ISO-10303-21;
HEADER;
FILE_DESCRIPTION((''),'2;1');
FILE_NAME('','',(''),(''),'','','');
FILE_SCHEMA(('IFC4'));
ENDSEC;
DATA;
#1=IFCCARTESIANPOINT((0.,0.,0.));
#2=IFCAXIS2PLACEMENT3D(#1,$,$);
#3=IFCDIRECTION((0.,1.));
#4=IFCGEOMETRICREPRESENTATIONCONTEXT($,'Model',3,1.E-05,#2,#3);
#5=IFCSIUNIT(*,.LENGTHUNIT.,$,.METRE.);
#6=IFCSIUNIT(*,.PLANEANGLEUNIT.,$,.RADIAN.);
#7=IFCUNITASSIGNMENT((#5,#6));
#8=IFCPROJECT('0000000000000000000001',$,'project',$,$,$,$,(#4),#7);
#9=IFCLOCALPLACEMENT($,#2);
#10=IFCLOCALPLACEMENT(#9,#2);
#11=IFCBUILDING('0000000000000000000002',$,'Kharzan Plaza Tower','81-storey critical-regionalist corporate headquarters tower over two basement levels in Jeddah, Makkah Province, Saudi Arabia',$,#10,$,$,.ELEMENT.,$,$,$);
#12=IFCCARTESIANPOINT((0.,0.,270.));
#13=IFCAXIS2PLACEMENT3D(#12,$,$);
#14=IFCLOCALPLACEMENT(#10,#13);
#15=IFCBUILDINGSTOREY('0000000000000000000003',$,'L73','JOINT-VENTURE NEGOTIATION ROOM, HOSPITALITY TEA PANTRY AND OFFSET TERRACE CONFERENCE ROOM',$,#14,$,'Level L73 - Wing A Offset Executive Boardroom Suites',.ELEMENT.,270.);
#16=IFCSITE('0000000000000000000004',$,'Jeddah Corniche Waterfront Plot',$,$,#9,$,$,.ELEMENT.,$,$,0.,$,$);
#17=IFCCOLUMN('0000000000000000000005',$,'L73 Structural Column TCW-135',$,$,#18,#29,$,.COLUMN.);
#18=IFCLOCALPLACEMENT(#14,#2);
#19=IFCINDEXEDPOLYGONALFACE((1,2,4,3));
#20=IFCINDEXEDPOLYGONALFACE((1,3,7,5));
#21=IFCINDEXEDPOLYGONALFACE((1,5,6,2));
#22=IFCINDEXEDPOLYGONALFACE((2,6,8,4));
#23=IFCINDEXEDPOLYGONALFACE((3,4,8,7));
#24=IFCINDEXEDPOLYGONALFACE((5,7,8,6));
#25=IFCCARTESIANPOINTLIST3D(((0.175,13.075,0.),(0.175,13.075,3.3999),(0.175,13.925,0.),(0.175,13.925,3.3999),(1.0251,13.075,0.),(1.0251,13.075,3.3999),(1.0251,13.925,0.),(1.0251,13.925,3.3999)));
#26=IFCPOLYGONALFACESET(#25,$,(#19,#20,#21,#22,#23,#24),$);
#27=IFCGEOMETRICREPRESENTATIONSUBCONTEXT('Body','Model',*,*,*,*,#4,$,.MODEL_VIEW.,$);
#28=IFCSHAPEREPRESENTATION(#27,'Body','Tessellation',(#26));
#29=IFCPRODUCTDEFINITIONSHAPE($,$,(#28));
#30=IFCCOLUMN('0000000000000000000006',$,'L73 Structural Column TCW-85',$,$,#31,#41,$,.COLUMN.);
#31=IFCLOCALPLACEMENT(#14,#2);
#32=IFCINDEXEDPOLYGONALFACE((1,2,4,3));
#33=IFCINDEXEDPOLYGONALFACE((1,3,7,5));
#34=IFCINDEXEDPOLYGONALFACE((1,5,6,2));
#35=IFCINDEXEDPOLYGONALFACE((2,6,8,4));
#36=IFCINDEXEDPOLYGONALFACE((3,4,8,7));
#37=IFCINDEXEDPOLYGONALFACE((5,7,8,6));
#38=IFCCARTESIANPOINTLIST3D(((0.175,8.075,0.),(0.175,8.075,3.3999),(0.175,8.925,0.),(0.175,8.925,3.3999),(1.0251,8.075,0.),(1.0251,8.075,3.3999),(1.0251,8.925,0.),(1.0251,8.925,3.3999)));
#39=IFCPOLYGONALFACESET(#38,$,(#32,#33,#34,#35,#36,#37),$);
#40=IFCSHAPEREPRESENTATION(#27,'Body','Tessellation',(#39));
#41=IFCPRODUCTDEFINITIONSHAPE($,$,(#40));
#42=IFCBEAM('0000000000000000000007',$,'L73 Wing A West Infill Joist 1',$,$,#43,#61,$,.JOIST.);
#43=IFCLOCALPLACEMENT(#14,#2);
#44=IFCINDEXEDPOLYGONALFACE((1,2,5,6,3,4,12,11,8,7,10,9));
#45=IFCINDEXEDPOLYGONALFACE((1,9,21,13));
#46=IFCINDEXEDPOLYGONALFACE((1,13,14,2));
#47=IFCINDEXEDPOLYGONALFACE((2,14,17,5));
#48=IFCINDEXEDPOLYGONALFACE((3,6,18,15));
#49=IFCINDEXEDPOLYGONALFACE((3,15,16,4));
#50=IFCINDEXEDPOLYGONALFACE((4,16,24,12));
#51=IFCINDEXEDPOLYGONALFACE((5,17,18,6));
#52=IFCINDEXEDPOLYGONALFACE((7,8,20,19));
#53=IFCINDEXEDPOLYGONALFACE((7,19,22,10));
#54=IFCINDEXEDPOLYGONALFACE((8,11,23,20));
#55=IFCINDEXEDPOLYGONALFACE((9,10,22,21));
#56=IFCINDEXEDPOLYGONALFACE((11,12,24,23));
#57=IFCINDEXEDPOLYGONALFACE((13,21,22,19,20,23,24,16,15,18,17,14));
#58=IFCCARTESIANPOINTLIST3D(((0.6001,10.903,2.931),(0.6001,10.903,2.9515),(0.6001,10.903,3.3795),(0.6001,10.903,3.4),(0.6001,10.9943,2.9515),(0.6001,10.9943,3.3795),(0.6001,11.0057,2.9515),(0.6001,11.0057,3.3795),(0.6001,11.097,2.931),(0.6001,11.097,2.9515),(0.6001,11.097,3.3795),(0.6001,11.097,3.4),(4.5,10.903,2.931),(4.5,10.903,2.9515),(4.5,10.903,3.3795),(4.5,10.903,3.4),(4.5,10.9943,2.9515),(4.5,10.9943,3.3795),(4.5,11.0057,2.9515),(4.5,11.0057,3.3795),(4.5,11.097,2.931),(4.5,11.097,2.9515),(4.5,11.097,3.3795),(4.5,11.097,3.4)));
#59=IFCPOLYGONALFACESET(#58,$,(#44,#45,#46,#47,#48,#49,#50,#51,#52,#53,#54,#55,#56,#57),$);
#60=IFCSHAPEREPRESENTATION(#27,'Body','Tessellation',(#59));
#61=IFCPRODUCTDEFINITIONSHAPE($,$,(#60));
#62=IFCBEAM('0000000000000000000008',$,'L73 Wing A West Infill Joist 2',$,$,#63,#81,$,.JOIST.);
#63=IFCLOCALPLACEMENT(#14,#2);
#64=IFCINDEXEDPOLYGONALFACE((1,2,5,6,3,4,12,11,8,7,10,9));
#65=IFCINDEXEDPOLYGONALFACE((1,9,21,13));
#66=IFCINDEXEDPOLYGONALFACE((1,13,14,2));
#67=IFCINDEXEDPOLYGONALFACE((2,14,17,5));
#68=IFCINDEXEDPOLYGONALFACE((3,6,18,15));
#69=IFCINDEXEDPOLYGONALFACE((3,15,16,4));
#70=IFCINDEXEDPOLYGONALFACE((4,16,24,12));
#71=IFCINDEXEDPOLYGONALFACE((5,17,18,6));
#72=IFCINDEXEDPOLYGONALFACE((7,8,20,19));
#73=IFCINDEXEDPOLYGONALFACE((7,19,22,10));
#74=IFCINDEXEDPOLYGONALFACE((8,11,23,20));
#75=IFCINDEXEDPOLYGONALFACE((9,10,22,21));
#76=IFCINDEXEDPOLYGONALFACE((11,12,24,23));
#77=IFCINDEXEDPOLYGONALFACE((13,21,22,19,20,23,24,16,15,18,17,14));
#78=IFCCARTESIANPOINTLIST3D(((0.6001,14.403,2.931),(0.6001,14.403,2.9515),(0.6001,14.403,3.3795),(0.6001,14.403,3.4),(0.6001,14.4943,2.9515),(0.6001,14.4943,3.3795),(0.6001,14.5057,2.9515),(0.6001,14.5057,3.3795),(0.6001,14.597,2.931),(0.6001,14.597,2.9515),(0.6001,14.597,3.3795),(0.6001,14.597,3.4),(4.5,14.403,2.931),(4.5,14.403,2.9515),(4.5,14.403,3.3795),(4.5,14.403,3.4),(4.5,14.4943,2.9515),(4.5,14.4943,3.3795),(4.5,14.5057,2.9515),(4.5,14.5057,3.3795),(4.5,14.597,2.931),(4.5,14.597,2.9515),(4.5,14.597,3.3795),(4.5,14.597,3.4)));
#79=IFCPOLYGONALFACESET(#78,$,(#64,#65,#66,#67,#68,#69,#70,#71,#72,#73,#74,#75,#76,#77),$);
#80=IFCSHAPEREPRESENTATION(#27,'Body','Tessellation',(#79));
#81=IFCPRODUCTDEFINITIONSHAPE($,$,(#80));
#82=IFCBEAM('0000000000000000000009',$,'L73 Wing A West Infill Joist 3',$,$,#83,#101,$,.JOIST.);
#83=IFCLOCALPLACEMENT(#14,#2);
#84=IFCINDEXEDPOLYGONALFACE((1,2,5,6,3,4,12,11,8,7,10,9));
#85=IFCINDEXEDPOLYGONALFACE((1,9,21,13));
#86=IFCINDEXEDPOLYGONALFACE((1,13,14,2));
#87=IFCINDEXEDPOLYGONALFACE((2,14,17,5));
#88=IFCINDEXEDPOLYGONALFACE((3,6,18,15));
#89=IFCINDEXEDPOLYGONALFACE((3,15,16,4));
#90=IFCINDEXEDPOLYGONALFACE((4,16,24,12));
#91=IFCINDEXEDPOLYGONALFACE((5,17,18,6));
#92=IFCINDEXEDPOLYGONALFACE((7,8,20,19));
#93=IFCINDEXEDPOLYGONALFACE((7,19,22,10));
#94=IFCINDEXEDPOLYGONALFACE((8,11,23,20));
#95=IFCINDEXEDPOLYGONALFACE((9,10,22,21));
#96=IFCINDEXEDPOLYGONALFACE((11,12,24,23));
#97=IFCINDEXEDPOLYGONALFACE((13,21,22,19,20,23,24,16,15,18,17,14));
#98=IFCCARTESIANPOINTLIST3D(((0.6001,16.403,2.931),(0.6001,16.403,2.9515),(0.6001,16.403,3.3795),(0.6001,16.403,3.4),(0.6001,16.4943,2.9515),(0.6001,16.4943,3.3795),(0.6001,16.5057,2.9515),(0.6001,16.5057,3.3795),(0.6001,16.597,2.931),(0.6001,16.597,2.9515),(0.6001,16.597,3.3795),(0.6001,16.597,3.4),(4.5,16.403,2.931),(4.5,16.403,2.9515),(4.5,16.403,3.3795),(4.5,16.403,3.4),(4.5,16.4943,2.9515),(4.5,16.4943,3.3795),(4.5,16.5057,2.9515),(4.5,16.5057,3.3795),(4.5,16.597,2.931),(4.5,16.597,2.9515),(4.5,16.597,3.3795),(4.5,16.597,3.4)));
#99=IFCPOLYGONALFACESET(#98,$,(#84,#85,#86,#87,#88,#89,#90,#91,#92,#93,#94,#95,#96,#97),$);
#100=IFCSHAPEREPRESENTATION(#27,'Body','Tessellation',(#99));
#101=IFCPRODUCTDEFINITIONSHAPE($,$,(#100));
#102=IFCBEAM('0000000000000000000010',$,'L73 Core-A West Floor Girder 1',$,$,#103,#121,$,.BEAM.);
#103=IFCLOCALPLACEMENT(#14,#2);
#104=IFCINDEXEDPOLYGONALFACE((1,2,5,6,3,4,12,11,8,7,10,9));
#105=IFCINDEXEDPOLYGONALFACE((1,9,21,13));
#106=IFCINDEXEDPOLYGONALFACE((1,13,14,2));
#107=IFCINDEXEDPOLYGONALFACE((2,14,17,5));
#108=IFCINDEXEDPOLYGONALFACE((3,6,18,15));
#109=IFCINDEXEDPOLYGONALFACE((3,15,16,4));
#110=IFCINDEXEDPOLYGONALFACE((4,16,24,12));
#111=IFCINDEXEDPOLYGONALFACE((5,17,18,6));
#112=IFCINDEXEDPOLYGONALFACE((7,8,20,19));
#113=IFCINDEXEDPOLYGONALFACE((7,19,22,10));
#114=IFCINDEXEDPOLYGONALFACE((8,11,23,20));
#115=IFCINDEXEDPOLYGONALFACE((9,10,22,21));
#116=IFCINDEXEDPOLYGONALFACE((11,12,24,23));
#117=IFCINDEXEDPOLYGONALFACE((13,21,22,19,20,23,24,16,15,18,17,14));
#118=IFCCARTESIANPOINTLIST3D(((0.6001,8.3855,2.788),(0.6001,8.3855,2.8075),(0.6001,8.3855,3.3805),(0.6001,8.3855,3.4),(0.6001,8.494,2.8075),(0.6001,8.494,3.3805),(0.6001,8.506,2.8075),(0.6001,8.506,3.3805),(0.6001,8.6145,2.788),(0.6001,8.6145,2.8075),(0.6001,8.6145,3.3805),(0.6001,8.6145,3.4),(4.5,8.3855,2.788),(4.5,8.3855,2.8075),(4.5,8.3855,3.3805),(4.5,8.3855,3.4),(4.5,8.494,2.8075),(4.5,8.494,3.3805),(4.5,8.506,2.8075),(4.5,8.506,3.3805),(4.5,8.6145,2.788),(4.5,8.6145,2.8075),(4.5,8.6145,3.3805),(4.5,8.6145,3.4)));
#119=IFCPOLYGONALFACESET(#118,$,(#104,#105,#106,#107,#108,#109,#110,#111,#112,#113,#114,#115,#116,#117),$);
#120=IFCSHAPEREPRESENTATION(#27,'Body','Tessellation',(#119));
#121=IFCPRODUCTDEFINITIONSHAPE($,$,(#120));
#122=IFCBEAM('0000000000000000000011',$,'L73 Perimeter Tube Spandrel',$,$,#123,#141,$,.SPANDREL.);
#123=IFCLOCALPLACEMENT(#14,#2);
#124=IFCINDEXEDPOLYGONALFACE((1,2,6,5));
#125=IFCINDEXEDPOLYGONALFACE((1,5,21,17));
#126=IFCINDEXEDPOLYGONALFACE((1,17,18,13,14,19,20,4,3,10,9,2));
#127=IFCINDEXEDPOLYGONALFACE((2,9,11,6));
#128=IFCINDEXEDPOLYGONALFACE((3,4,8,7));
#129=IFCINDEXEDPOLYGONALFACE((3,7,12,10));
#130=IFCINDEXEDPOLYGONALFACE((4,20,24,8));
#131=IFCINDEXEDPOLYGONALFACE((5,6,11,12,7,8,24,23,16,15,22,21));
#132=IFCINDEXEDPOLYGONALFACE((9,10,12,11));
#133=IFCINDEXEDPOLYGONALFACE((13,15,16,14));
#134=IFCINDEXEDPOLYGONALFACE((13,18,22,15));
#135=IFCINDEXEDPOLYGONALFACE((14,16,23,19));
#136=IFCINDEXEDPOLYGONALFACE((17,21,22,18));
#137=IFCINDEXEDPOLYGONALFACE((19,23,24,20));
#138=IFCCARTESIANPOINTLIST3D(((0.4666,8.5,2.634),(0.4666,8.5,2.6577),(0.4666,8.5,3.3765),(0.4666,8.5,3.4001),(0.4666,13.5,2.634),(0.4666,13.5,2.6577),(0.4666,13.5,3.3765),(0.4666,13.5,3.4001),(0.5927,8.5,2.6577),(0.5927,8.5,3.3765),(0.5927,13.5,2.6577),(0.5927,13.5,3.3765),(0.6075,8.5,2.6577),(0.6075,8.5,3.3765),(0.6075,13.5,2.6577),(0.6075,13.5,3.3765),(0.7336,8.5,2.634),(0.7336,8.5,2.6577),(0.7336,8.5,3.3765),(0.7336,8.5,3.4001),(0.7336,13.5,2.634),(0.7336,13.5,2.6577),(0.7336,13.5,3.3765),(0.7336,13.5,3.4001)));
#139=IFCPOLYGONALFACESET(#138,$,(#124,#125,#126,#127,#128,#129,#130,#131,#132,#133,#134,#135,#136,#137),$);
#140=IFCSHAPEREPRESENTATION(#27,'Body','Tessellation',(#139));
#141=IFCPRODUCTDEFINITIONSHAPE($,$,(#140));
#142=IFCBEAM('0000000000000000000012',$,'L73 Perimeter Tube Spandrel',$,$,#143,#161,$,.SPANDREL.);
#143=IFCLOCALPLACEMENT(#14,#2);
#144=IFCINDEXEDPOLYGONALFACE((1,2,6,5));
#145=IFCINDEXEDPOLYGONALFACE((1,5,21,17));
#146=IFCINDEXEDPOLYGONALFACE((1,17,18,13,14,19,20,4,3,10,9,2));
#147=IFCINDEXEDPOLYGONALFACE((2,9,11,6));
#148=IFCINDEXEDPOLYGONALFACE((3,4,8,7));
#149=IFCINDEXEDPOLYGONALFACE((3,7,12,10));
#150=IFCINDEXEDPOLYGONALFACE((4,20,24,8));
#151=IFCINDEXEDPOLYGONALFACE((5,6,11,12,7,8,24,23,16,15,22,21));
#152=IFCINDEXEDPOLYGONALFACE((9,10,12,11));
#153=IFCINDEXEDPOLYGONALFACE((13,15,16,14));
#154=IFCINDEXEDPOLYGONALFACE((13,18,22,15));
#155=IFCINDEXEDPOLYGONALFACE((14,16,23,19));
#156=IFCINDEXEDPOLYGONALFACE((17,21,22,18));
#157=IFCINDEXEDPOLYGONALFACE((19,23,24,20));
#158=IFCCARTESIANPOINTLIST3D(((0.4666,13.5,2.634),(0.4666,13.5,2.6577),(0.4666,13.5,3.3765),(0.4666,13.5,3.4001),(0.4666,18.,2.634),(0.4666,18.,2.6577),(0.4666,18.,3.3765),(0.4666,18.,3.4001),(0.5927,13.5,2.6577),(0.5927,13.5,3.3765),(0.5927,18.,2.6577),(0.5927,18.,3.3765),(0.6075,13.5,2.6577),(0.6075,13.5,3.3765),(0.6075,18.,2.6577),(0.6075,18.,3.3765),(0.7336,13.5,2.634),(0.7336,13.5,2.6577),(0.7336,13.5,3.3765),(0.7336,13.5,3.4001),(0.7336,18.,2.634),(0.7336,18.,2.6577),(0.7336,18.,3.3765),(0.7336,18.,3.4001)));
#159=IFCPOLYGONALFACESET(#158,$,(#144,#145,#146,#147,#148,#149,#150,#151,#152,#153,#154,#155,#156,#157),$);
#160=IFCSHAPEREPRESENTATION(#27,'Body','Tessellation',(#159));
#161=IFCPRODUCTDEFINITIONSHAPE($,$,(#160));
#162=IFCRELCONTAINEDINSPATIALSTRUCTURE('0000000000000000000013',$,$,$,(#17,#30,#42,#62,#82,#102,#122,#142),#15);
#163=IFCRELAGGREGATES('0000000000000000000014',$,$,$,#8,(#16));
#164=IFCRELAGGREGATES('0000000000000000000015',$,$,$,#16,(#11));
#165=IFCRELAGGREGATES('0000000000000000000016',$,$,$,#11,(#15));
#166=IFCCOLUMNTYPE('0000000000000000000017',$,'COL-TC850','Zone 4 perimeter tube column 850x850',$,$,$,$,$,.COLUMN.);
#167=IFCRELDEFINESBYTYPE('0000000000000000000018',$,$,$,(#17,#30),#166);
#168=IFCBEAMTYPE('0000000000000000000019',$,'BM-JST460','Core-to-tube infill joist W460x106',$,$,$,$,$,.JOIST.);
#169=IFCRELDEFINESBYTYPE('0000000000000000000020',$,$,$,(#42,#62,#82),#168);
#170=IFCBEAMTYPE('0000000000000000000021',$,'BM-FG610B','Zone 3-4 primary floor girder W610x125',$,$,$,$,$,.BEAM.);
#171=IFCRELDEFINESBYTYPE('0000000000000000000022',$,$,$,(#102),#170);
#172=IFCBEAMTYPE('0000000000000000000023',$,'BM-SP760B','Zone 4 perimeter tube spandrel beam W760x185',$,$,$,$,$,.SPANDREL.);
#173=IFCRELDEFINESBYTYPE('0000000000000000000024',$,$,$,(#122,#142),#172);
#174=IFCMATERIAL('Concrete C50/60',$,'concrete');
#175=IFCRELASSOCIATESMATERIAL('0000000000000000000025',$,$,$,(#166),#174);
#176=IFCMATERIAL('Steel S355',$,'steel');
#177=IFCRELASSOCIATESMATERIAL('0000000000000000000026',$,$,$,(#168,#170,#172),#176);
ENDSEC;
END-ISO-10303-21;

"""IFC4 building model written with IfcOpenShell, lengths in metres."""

from ifc_helpers import new_model, si_unit, direction, frame, origin, origin_2d, place, context, subcontext, project, spatial, rectangle, i_section, extrude, source, transform, mapped, material, material_profile, profile_set, type_object, element, save


model = new_model("IFC4")

# Units and contexts
model_context = context("Model", 3, precision=1e-05, world=origin(), true_north=direction((0.0, 1.0)))
body_context = subcontext(model_context, "Body", "Model", "MODEL_VIEW")
ifc_project = project(units=[si_unit("LENGTHUNIT", "METRE"), si_unit("PLANEANGLEUNIT", "RADIAN")], contexts=[model_context])

# Site, building, storey
site_placement = place(None, origin())
site = spatial("IfcSite", under=ifc_project, at=site_placement, Name="Jeddah Corniche Waterfront Plot", CompositionType="ELEMENT", RefElevation=0.0)
building_placement = place(site_placement, origin())
building = spatial("IfcBuilding", under=site, at=building_placement, Name="Kharzan Plaza Tower", Description="81-storey critical-regionalist corporate headquarters tower over two basement levels in Jeddah, Makkah Province, Saudi Arabia", CompositionType="ELEMENT")
storey_placement = place(building_placement, frame((0.0, 0.0, 270.0)))
storey = spatial("IfcBuildingStorey", under=building, at=storey_placement, Name="L73", Description="JOINT-VENTURE NEGOTIATION ROOM, HOSPITALITY TEA PANTRY AND OFFSET TERRACE CONFERENCE ROOM", LongName="Level L73 - Wing A Offset Executive Boardroom Suites", CompositionType="ELEMENT", Elevation=270.0)

# Columns
ifc_material_1 = material(Name="Concrete C50/60", Category="concrete")
ifc_material_profile_1 = material_profile(ifc_material_1, rectangle(XDim=0.8501, YDim=0.8501, at=origin_2d()), Name="RC-TC850x850")
ifc_profile_set_1 = profile_set([ifc_material_profile_1], Name="Concrete C50/60")
column_type = type_object("IfcColumnType", Name="COL-TC850", Description="Zone 4 perimeter tube column 850x850", PredefinedType="COLUMN", material=ifc_profile_set_1)
shared_shape_1 = source(origin(), body_context, "Body", "SweptSolid", [
    extrude(rectangle(XDim=0.8501, YDim=0.8501, at=origin_2d()), origin(), (0.0, 0.0, 1.0), 3.3999),
])
for number, where, z_axis, x_axis, name in (
    (1, (0.6001, 13.5, 0.0), (0.0, 0.0, 1.0), (1.0, 0.0, 0.0), "L73 Structural Column TCW-135"),
    (2, (0.6001, 8.5, 0.0), (0.0, 0.0, 1.0), (1.0, 0.0, 0.0), "L73 Structural Column TCW-85"),
):
    element("IfcColumn", number, at=place(storey_placement, frame(where, z_axis=z_axis, x_axis=x_axis)), inside=storey, type_object=column_type, Name=name, PredefinedType="COLUMN", context=body_context, shape_type="MappedRepresentation", body=[
        mapped(shared_shape_1, transform((0.0, 0.0, 0.0), x_axis=(1.0, 0.0, 0.0), y_axis=(0.0, 1.0, 0.0), z_axis=(0.0, 0.0, 1.0))),
    ])

# Beams
ifc_material_2 = material(Name="Steel S355", Category="steel")
ifc_material_profile_2 = material_profile(ifc_material_2, i_section(OverallWidth=0.1941, OverallDepth=0.469, WebThickness=0.0115, FlangeThickness=0.0205, at=origin_2d()), Name="W460x106")
ifc_profile_set_2 = profile_set([ifc_material_profile_2], Name="Steel S355")
beam_type_1 = type_object("IfcBeamType", Name="BM-JST460", Description="Core-to-tube infill joist W460x106", PredefinedType="JOIST", material=ifc_profile_set_2)
shared_shape_2 = source(origin(), body_context, "Body", "SweptSolid", [
    extrude(i_section(OverallWidth=0.1941, OverallDepth=0.469, WebThickness=0.0115, FlangeThickness=0.0205, at=origin_2d()), origin(), (0.0, 0.0, 1.0), 3.8999),
])
for number, where, z_axis, x_axis, name in (
    (3, (0.6001, 11.0, 3.1655), (1.0, 0.0, 0.0), (0.0, 1.0, 0.0), "L73 Wing A West Infill Joist 1"),
    (4, (0.6001, 14.5, 3.1655), (1.0, 0.0, 0.0), (0.0, 1.0, 0.0), "L73 Wing A West Infill Joist 2"),
    (5, (0.6001, 16.5, 3.1655), (1.0, 0.0, 0.0), (0.0, 1.0, 0.0), "L73 Wing A West Infill Joist 3"),
):
    element("IfcBeam", number, at=place(storey_placement, frame(where, z_axis=z_axis, x_axis=x_axis)), inside=storey, type_object=beam_type_1, Name=name, PredefinedType="JOIST", context=body_context, shape_type="MappedRepresentation", body=[
        mapped(shared_shape_2, transform((0.0, 0.0, 0.0), x_axis=(1.0, 0.0, 0.0), y_axis=(0.0, 1.0, 0.0), z_axis=(0.0, 0.0, 1.0))),
    ])
ifc_material_profile_3 = material_profile(ifc_material_2, i_section(OverallWidth=0.229, OverallDepth=0.6121, WebThickness=0.012, FlangeThickness=0.0195, at=origin_2d()), Name="W610x125")
ifc_profile_set_3 = profile_set([ifc_material_profile_3], Name="Steel S355")
beam_type_2 = type_object("IfcBeamType", Name="BM-FG610B", Description="Zone 3-4 primary floor girder W610x125", PredefinedType="BEAM", material=ifc_profile_set_3)
shared_shape_3 = source(origin(), body_context, "Body", "SweptSolid", [
    extrude(i_section(OverallWidth=0.229, OverallDepth=0.6121, WebThickness=0.012, FlangeThickness=0.0195, at=origin_2d()), origin(), (0.0, 0.0, 1.0), 3.8999),
])
beam_1_placement = place(storey_placement, frame((0.6001, 8.5, 3.094), z_axis=(1.0, 0.0, 0.0), x_axis=(0.0, 1.0, 0.0)))
element("IfcBeam", 6, at=beam_1_placement, inside=storey, type_object=beam_type_2, Name="L73 Core-A West Floor Girder 1", PredefinedType="BEAM", context=body_context, shape_type="MappedRepresentation", body=[
    mapped(shared_shape_3, transform((0.0, 0.0, 0.0), x_axis=(1.0, 0.0, 0.0), y_axis=(0.0, 1.0, 0.0), z_axis=(0.0, 0.0, 1.0))),
])
ifc_material_profile_4 = material_profile(ifc_material_2, i_section(OverallWidth=0.2671, OverallDepth=0.7661, WebThickness=0.0149, FlangeThickness=0.0237, at=origin_2d()), Name="W760x185")
ifc_profile_set_4 = profile_set([ifc_material_profile_4], Name="Steel S355")
beam_type_3 = type_object("IfcBeamType", Name="BM-SP760B", Description="Zone 4 perimeter tube spandrel beam W760x185", PredefinedType="SPANDREL", material=ifc_profile_set_4)
shared_shape_4 = source(origin(), body_context, "Body", "SweptSolid", [
    extrude(i_section(OverallWidth=0.2671, OverallDepth=0.7661, WebThickness=0.0149, FlangeThickness=0.0237, at=origin_2d()), origin(), (0.0, 0.0, 1.0), 5.0),
])
beam_2_placement = place(storey_placement, frame((0.6001, 8.5, 3.0171), z_axis=(0.0, 1.0, 0.0), x_axis=(-1.0, 0.0, 0.0)))
element("IfcBeam", 7, at=beam_2_placement, inside=storey, type_object=beam_type_3, Name="L73 Perimeter Tube Spandrel", PredefinedType="SPANDREL", context=body_context, shape_type="MappedRepresentation", body=[
    mapped(shared_shape_4, transform((0.0, 0.0, 0.0), x_axis=(1.0, 0.0, 0.0), y_axis=(0.0, 1.0, 0.0), z_axis=(0.0, 0.0, 1.0))),
])
shared_shape_5 = source(origin(), body_context, "Body", "SweptSolid", [
    extrude(i_section(OverallWidth=0.2671, OverallDepth=0.7661, WebThickness=0.0149, FlangeThickness=0.0237, at=origin_2d()), origin(), (0.0, 0.0, 1.0), 4.5),
])
beam_3_placement = place(storey_placement, frame((0.6001, 13.5, 3.0171), z_axis=(0.0, 1.0, 0.0), x_axis=(-1.0, 0.0, 0.0)))
element("IfcBeam", 8, at=beam_3_placement, inside=storey, type_object=beam_type_3, Name="L73 Perimeter Tube Spandrel", PredefinedType="SPANDREL", context=body_context, shape_type="MappedRepresentation", body=[
    mapped(shared_shape_5, transform((0.0, 0.0, 0.0), x_axis=(1.0, 0.0, 0.0), y_axis=(0.0, 1.0, 0.0), z_axis=(0.0, 0.0, 1.0))),
])

save(model, "model.ifc")
